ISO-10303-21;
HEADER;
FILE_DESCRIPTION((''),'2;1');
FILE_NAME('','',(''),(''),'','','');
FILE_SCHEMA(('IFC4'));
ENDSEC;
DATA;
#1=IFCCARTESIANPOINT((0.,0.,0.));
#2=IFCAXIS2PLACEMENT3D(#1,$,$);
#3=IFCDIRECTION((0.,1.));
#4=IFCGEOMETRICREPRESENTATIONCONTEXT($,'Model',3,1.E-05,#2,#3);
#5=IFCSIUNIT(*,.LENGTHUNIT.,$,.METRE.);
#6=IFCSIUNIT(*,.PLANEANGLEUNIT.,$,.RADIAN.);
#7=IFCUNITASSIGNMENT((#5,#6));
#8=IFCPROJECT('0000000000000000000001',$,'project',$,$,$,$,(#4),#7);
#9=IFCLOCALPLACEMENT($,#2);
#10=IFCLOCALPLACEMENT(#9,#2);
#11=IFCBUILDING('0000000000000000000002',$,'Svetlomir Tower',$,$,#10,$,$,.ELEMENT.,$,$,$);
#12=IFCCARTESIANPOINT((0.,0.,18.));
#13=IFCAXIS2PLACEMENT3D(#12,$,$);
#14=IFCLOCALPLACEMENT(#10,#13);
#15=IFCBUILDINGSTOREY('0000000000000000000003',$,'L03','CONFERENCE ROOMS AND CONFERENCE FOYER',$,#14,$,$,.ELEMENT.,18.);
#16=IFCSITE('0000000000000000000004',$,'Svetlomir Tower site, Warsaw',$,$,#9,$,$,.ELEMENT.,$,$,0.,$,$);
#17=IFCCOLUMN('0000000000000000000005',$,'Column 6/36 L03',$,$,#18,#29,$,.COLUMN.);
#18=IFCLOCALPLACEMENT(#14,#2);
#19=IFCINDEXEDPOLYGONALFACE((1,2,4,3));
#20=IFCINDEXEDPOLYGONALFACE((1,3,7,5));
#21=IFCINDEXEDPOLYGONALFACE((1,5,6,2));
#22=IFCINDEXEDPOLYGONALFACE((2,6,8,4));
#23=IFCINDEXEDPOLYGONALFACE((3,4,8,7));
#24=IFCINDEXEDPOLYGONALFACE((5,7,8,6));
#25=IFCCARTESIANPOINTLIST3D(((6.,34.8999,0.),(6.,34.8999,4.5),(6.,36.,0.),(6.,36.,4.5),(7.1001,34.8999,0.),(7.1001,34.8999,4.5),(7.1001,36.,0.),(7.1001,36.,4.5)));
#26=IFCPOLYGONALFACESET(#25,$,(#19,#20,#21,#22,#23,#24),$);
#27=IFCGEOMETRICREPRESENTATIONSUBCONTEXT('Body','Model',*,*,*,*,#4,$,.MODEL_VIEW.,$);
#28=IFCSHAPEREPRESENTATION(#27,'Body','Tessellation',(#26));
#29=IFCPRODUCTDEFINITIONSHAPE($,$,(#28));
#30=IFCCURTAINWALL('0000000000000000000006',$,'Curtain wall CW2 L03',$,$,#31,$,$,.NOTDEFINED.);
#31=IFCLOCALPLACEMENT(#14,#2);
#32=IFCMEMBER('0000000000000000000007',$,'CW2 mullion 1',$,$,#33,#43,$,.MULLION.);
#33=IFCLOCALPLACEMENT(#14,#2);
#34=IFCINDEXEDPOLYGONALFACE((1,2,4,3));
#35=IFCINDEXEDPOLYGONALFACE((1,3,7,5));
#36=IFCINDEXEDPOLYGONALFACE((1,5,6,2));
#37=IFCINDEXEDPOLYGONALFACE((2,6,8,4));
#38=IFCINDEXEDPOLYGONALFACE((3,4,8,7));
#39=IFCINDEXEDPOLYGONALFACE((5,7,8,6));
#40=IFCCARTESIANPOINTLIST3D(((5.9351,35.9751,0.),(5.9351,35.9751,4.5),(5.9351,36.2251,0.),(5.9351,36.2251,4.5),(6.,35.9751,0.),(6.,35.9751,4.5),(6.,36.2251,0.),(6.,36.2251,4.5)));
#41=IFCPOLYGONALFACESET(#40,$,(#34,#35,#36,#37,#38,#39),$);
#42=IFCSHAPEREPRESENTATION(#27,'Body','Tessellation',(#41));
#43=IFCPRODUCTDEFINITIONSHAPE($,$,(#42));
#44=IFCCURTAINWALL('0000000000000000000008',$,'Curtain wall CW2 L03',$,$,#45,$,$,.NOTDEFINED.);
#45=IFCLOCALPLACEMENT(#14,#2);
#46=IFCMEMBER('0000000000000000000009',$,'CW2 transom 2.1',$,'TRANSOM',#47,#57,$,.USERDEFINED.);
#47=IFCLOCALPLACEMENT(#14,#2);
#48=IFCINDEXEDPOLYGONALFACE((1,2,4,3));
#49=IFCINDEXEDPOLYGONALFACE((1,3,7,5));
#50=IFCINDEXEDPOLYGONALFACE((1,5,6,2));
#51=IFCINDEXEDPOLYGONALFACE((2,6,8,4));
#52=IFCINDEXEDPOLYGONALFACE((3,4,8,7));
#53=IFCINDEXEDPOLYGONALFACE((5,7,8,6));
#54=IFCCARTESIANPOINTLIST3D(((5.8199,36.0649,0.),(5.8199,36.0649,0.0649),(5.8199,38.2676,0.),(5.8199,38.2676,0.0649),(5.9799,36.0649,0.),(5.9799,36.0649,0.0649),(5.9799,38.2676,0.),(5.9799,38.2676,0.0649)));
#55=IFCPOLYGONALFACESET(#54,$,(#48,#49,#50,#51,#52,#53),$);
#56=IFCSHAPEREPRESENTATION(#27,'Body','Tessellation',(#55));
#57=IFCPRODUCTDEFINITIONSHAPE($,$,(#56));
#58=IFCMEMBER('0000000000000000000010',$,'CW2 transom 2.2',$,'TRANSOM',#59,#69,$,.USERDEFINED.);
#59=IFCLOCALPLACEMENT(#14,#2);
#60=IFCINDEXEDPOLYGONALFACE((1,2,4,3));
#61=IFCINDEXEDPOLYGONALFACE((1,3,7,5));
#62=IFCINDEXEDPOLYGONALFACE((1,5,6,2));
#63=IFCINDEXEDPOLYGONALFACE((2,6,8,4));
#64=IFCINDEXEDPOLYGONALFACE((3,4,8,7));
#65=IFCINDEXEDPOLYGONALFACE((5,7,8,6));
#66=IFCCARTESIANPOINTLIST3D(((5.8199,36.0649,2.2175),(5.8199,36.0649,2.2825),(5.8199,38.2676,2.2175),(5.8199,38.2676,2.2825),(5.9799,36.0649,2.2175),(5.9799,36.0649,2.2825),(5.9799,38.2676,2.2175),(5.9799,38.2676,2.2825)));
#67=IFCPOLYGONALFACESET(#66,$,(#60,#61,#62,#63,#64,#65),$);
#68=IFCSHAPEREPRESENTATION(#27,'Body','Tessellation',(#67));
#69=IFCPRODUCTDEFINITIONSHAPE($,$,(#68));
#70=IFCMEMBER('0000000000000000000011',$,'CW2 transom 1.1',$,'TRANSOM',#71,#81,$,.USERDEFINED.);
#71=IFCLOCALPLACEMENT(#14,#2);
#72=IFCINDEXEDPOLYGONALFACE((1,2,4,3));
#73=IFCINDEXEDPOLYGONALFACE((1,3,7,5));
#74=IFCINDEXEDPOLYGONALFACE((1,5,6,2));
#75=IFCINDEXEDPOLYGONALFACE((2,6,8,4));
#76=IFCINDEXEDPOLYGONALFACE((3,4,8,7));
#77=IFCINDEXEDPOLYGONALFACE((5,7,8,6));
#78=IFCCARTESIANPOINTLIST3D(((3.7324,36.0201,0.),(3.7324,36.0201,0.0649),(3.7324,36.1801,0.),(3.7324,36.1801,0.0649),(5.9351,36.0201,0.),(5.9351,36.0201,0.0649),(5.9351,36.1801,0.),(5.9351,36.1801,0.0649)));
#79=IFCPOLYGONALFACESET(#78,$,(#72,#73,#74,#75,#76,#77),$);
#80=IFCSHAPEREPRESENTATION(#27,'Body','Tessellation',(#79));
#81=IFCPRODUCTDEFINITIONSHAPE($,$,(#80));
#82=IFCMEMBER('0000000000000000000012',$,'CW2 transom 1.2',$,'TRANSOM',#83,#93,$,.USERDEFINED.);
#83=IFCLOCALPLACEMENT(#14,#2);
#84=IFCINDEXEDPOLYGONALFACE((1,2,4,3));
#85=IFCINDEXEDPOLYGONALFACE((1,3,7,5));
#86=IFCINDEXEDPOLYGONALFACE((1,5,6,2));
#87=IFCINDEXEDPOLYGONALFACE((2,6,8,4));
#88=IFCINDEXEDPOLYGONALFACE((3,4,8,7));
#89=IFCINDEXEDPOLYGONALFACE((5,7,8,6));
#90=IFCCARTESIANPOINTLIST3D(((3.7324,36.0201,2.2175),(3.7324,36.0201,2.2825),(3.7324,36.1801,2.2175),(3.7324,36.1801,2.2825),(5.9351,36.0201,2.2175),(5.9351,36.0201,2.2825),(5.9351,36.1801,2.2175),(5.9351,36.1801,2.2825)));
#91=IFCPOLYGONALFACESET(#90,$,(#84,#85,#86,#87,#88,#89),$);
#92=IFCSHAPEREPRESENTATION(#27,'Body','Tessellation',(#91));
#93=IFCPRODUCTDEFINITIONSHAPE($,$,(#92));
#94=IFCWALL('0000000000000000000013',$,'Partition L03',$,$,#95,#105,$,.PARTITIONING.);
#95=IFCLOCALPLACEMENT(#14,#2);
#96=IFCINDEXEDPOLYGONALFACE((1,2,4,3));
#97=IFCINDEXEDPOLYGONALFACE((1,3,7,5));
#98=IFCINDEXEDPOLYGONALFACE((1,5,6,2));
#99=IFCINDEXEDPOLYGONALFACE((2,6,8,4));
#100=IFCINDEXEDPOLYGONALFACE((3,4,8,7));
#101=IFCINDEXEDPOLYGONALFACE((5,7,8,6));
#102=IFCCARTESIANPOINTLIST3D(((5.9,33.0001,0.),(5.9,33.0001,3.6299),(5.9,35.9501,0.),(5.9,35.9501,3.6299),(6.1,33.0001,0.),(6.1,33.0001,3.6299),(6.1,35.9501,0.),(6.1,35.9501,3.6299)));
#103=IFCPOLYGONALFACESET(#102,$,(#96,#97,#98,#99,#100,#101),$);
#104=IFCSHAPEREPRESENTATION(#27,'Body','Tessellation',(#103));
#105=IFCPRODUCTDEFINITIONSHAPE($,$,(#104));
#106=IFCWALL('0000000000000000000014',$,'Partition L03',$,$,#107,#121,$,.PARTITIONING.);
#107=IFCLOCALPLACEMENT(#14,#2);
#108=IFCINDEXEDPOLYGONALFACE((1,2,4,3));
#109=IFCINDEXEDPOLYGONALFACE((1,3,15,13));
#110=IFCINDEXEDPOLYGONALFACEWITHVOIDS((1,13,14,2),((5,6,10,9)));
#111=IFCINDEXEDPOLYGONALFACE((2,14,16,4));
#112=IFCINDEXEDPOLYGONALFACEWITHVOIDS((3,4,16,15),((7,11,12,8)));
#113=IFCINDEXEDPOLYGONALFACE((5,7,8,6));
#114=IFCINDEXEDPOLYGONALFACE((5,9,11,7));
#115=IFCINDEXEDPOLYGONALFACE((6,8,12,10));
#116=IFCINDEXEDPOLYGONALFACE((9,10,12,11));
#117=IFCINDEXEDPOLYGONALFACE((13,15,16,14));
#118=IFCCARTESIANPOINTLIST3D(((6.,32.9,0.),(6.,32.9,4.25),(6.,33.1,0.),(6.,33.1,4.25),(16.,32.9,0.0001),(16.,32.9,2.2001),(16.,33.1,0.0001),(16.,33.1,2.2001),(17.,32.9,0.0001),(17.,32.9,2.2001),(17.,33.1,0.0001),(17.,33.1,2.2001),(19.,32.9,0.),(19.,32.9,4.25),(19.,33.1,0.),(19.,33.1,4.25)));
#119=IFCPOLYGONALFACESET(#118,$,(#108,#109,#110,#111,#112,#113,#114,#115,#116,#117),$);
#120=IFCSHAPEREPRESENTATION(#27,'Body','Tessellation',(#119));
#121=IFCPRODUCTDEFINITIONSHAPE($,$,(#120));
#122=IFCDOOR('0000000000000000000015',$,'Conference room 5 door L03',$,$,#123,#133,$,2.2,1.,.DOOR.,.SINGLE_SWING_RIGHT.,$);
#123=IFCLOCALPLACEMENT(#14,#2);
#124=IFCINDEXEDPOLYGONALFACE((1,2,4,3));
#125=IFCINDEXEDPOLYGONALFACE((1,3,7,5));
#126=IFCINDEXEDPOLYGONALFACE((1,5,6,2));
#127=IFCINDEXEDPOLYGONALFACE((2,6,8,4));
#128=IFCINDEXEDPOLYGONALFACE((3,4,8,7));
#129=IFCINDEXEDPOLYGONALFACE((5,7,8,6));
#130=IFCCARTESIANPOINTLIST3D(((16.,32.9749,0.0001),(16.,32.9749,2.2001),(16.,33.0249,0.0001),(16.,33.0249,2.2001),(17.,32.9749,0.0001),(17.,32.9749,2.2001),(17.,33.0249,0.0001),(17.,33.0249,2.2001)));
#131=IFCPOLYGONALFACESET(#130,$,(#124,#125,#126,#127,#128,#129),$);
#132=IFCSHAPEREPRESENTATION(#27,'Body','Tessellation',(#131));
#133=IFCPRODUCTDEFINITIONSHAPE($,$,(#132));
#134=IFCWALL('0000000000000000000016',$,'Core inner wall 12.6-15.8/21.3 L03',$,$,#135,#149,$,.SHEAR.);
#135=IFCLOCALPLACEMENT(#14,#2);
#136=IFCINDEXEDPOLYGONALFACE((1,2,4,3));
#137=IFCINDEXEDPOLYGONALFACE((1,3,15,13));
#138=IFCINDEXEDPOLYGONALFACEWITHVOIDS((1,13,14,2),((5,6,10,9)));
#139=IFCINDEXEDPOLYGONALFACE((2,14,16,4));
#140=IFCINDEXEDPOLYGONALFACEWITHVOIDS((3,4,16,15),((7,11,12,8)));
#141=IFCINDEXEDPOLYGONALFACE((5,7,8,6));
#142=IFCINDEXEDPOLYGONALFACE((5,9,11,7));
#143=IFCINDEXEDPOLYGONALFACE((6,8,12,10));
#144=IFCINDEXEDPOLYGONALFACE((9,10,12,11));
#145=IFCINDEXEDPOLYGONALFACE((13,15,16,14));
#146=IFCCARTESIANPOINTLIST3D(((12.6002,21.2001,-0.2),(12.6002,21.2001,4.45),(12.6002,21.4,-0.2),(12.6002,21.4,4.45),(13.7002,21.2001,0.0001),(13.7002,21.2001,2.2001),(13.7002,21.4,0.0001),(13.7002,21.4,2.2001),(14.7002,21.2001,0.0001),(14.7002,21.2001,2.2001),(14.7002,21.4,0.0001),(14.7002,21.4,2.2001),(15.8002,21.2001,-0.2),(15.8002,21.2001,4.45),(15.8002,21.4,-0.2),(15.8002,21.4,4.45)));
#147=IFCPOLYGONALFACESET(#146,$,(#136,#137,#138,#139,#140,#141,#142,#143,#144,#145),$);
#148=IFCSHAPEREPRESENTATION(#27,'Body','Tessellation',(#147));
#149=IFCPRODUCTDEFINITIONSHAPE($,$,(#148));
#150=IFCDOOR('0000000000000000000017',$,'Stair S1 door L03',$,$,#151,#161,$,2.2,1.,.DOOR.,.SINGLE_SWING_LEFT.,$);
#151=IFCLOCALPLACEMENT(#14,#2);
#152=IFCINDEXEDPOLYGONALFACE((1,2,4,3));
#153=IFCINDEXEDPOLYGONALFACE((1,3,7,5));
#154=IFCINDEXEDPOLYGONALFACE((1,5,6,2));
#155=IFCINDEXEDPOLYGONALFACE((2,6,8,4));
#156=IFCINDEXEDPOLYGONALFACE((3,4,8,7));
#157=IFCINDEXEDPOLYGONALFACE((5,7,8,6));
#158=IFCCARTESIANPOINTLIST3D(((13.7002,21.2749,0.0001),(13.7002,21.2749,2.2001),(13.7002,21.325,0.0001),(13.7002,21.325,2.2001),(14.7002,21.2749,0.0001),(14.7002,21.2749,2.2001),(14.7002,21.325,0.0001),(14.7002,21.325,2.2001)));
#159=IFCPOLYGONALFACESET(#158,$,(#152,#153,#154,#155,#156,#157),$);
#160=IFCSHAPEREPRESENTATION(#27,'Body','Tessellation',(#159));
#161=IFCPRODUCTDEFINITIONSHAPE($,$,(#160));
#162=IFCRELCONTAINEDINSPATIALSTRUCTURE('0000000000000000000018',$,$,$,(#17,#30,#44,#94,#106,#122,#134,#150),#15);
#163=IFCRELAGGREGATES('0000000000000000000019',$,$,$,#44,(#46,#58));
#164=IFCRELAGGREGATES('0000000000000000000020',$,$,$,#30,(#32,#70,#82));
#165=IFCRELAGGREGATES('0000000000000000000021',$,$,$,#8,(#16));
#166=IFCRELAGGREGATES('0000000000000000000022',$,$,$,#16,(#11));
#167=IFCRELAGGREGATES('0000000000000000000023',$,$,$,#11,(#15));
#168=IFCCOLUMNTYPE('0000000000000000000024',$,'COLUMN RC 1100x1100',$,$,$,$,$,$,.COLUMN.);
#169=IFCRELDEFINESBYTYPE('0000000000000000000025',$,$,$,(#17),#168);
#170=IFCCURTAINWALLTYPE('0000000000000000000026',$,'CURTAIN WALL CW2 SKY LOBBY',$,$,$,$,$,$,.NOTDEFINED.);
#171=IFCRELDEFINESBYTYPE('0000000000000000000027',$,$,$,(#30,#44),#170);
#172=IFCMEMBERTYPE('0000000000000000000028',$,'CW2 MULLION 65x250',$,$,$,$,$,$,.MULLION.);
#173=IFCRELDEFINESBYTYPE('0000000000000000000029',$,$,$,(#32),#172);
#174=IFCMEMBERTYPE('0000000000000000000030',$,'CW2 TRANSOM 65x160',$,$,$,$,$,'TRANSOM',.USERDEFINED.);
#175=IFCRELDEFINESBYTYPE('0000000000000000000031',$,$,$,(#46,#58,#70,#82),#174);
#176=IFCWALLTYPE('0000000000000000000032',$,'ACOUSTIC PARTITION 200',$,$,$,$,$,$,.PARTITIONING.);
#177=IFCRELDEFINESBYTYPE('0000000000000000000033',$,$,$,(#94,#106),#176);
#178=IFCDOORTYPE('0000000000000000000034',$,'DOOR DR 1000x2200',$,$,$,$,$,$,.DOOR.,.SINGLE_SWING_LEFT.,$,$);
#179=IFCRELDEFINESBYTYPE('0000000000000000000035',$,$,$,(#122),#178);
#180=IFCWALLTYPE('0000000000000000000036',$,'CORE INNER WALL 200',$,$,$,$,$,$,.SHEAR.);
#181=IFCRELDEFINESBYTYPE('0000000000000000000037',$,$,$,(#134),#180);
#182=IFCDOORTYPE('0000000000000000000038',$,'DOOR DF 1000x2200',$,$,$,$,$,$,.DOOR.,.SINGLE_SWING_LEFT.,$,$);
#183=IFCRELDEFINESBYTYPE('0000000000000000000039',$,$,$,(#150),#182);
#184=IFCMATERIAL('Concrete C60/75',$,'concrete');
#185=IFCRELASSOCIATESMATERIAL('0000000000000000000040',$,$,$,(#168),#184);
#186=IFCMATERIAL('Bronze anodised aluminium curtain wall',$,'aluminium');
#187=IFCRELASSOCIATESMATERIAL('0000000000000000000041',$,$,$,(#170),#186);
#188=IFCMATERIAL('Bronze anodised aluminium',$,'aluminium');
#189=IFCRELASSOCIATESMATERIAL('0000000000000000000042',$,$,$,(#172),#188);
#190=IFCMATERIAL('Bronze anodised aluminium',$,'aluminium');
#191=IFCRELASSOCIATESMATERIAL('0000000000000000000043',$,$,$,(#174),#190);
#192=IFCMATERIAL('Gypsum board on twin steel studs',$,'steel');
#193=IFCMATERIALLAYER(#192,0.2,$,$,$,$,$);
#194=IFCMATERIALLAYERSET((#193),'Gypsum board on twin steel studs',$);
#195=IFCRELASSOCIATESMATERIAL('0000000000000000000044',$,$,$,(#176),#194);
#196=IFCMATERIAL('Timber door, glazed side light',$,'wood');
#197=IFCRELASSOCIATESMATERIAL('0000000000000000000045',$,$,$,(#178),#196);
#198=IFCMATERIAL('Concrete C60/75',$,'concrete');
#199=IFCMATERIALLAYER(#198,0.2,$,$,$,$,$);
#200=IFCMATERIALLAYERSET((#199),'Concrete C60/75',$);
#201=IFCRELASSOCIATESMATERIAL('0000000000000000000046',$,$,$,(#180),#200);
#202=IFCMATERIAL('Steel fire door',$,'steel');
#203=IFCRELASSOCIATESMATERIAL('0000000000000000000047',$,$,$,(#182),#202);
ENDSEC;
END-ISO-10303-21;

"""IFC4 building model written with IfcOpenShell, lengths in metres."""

from ifc_helpers import new_model, si_unit, direction, frame, frame_2d, origin, origin_2d, place, context, subcontext, project, spatial, rectangle, extrude, material, layer, layer_set, material_profile, profile_set, type_object, element, fill, aggregate, save


model = new_model("IFC4")

# Units and contexts
model_context = context("Model", 3, precision=1e-05, world=origin(), true_north=direction((0.0, 1.0)))
body_context = subcontext(model_context, "Body", "Model", "MODEL_VIEW")
ifc_project = project(units=[si_unit("LENGTHUNIT", "METRE"), si_unit("PLANEANGLEUNIT", "RADIAN")], contexts=[model_context])

# Site, building, storey
site_placement = place(None, origin())
site = spatial("IfcSite", under=ifc_project, at=site_placement, Name="Svetlomir Tower site, Warsaw", CompositionType="ELEMENT", RefElevation=0.0)
building_placement = place(site_placement, origin())
building = spatial("IfcBuilding", under=site, at=building_placement, Name="Svetlomir Tower", CompositionType="ELEMENT")
storey_placement = place(building_placement, frame((0.0, 0.0, 18.0)))
storey = spatial("IfcBuildingStorey", under=building, at=storey_placement, Name="L03", Description="CONFERENCE ROOMS AND CONFERENCE FOYER", CompositionType="ELEMENT", Elevation=18.0)

# Column
ifc_material_1 = material(Name="Concrete C60/75", Category="concrete")
ifc_material_profile_1 = material_profile(ifc_material_1, rectangle(XDim=1.1001, YDim=1.1001, at=origin_2d()), Name="RC 1100x1100")
ifc_profile_set_1 = profile_set([ifc_material_profile_1], Name="Concrete C60/75")
column_type = type_object("IfcColumnType", Name="COLUMN RC 1100x1100", PredefinedType="COLUMN", material=ifc_profile_set_1)
column_placement = place(storey_placement, frame((6.55, 35.45, 0.0), z_axis=(0.0, 0.0, 1.0), x_axis=(1.0, 0.0, 0.0)))
element("IfcColumn", 1, at=column_placement, inside=storey, type_object=column_type, Name="Column 6/36 L03", PredefinedType="COLUMN", context=body_context, shape_type="SweptSolid", body=[
    extrude(rectangle(XDim=1.1001, YDim=1.1001, at=origin_2d()), origin(), (0.0, 0.0, 1.0), 4.5),
])

# Curtain wall, member
ifc_material_2 = material(Name="Bronze anodised aluminium curtain wall", Category="aluminium")
curtain_wall_type = type_object("IfcCurtainWallType", Name="CURTAIN WALL CW2 SKY LOBBY", PredefinedType="NOTDEFINED", material=ifc_material_2)
curtain_wall_1_placement = place(storey_placement, origin())
curtain_wall_1 = element("IfcCurtainWall", 2, at=curtain_wall_1_placement, inside=storey, type_object=curtain_wall_type, Name="Curtain wall CW2 L03", PredefinedType="NOTDEFINED")
ifc_material_3 = material(Name="Bronze anodised aluminium", Category="aluminium")
ifc_material_profile_2 = material_profile(ifc_material_3, rectangle(XDim=0.0649, YDim=0.25, at=origin_2d()), Name="AL 65x250")
ifc_profile_set_2 = profile_set([ifc_material_profile_2], Name="Bronze anodised aluminium 6063-T6")
member_type_1 = type_object("IfcMemberType", Name="CW2 MULLION 65x250", PredefinedType="MULLION", material=ifc_profile_set_2)
member_1_placement = place(storey_placement, frame((5.9675, 36.1001, 0.0), z_axis=(0.0, 0.0, 1.0), x_axis=(-1.0, 0.0, 0.0)))
member_1 = element("IfcMember", 3, at=member_1_placement, type_object=member_type_1, Name="CW2 mullion 1", PredefinedType="MULLION", context=body_context, shape_type="SweptSolid", body=[
    extrude(rectangle(XDim=0.0649, YDim=0.25, at=origin_2d()), origin(), (0.0, 0.0, 1.0), 4.5),
])

# Curtain wall, members
curtain_wall_2_placement = place(storey_placement, origin())
curtain_wall_2 = element("IfcCurtainWall", 4, at=curtain_wall_2_placement, inside=storey, type_object=curtain_wall_type, Name="Curtain wall CW2 L03", PredefinedType="NOTDEFINED")
ifc_material_4 = material(Name="Bronze anodised aluminium", Category="aluminium")
ifc_material_profile_3 = material_profile(ifc_material_4, rectangle(XDim=0.1599, YDim=0.0649, at=origin_2d()), Name="AL 160x65")
ifc_profile_set_3 = profile_set([ifc_material_profile_3], Name="Bronze anodised aluminium 6063-T6")
member_type_2 = type_object("IfcMemberType", Name="CW2 TRANSOM 65x160", ElementType="TRANSOM", PredefinedType="USERDEFINED", material=ifc_profile_set_3)
member_2_placement = place(storey_placement, frame((5.8999, 38.2676, 0.0325), z_axis=(0.0, -1.0, 0.0), x_axis=(1.0, 0.0, 0.0)))
member_2 = element("IfcMember", 5, at=member_2_placement, type_object=member_type_2, Name="CW2 transom 2.1", ObjectType="TRANSOM", PredefinedType="USERDEFINED", context=body_context, shape_type="SweptSolid", body=[
    extrude(rectangle(XDim=0.1599, YDim=0.0649, at=origin_2d()), origin(), (0.0, 0.0, 1.0), 2.2026),
])
member_3_placement = place(storey_placement, frame((5.8999, 38.2676, 2.25), z_axis=(0.0, -1.0, 0.0), x_axis=(1.0, 0.0, 0.0)))
member_3 = element("IfcMember", 6, at=member_3_placement, type_object=member_type_2, Name="CW2 transom 2.2", ObjectType="TRANSOM", PredefinedType="USERDEFINED", context=body_context, shape_type="SweptSolid", body=[
    extrude(rectangle(XDim=0.1599, YDim=0.0649, at=origin_2d()), origin(), (0.0, 0.0, 1.0), 2.2026),
])
aggregate(curtain_wall_2, [member_2, member_3])

# Members
member_4_placement = place(storey_placement, frame((5.9351, 36.1001, 0.0325), z_axis=(-1.0, 0.0, 0.0), x_axis=(0.0, -1.0, 0.0)))
member_4 = element("IfcMember", 7, at=member_4_placement, type_object=member_type_2, Name="CW2 transom 1.1", ObjectType="TRANSOM", PredefinedType="USERDEFINED", context=body_context, shape_type="SweptSolid", body=[
    extrude(rectangle(XDim=0.1599, YDim=0.0649, at=origin_2d()), origin(), (0.0, 0.0, 1.0), 2.2026),
])
member_5_placement = place(storey_placement, frame((5.9351, 36.1001, 2.25), z_axis=(-1.0, 0.0, 0.0), x_axis=(0.0, -1.0, 0.0)))
member_5 = element("IfcMember", 8, at=member_5_placement, type_object=member_type_2, Name="CW2 transom 1.2", ObjectType="TRANSOM", PredefinedType="USERDEFINED", context=body_context, shape_type="SweptSolid", body=[
    extrude(rectangle(XDim=0.1599, YDim=0.0649, at=origin_2d()), origin(), (0.0, 0.0, 1.0), 2.2026),
])
aggregate(curtain_wall_1, [member_1, member_4, member_5])

# Wall
ifc_material_5 = material(Name="Gypsum board on twin steel studs", Category="steel")
ifc_layer_1 = layer(ifc_material_5, 0.2)
ifc_layer_set_1 = layer_set([ifc_layer_1], Name="Gypsum board on twin steel studs")
wall_type_1 = type_object("IfcWallType", Name="ACOUSTIC PARTITION 200", PredefinedType="PARTITIONING", material=ifc_layer_set_1)
wall_1_placement = place(storey_placement, frame((6.0, 33.0, 0.0), z_axis=(0.0, 0.0, 1.0), x_axis=(0.0, 1.0, 0.0)))
element("IfcWall", 9, at=wall_1_placement, inside=storey, type_object=wall_type_1, Name="Partition L03", PredefinedType="PARTITIONING", context=body_context, shape_type="SweptSolid", body=[
    extrude(rectangle(XDim=2.95, YDim=0.2, at=frame_2d((1.4751, 0.0))), origin(), (0.0, 0.0, 1.0), 3.6299),
])

# Walls, openings, doors
wall_2_placement = place(storey_placement, frame((6.0, 33.0, 0.0), z_axis=(0.0, 0.0, 1.0), x_axis=(1.0, 0.0, 0.0)))
wall_2 = element("IfcWall", 10, at=wall_2_placement, inside=storey, type_object=wall_type_1, Name="Partition L03", PredefinedType="PARTITIONING", context=body_context, shape_type="SweptSolid", body=[
    extrude(rectangle(XDim=13.0, YDim=0.2, at=frame_2d((6.5, 0.0))), origin(), (0.0, 0.0, 1.0), 4.25),
])
opening_1_placement = place(wall_2_placement, frame((10.0, 0.0, 0.0)))
opening_1 = element("IfcOpeningElement", 11, at=opening_1_placement, cuts=wall_2, PredefinedType="OPENING", context=body_context, shape_type="SweptSolid", body=[
    extrude(rectangle(XDim=1.0, YDim=2.2, at=frame_2d((0.5, 1.1001))), frame((0.0, 0.1099, 0.0), z_axis=(0.0, -1.0, 0.0), x_axis=(1.0, 0.0, 0.0)), (0.0, 0.0, 1.0), 0.22),
])
ifc_material_6 = material(Name="Timber door, glazed side light", Category="wood")
door_type_1 = type_object("IfcDoorType", Name="DOOR DR 1000x2200", OperationType="SINGLE_SWING_LEFT", PredefinedType="DOOR", material=ifc_material_6)
door_1_placement = place(opening_1_placement, origin())
door_1 = element("IfcDoor", 12, at=door_1_placement, inside=storey, type_object=door_type_1, Name="Conference room 5 door L03", OperationType="SINGLE_SWING_RIGHT", OverallHeight=2.2, OverallWidth=1.0, PredefinedType="DOOR", context=body_context, shape_type="SweptSolid", body=[
    extrude(rectangle(XDim=1.0, YDim=2.2, at=frame_2d((0.5, 1.1001))), frame((0.0, 0.0249, 0.0), z_axis=(0.0, -1.0, 0.0), x_axis=(1.0, 0.0, 0.0)), (0.0, 0.0, 1.0), 0.05),
])
fill(opening_1, door_1)
ifc_material_7 = material(Name="Concrete C60/75", Category="concrete")
ifc_layer_2 = layer(ifc_material_7, 0.2)
ifc_layer_set_2 = layer_set([ifc_layer_2], Name="Concrete C60/75")
wall_type_2 = type_object("IfcWallType", Name="CORE INNER WALL 200", PredefinedType="SHEAR", material=ifc_layer_set_2)
wall_3_placement = place(storey_placement, frame((12.6001, 21.3, -0.2), z_axis=(0.0, 0.0, 1.0), x_axis=(1.0, 0.0, 0.0)))
wall_3 = element("IfcWall", 13, at=wall_3_placement, inside=storey, type_object=wall_type_2, Name="Core inner wall 12.6-15.8/21.3 L03", PredefinedType="SHEAR", context=body_context, shape_type="SweptSolid", body=[
    extrude(rectangle(XDim=3.2, YDim=0.2, at=frame_2d((1.6001, 0.0))), origin(), (0.0, 0.0, 1.0), 4.6499),
])
opening_2_placement = place(wall_3_placement, frame((1.1001, 0.0, 0.2)))
opening_2 = element("IfcOpeningElement", 14, at=opening_2_placement, cuts=wall_3, PredefinedType="OPENING", context=body_context, shape_type="SweptSolid", body=[
    extrude(rectangle(XDim=1.0, YDim=2.2, at=frame_2d((0.5, 1.1001))), frame((0.0, 0.1099, 0.0), z_axis=(0.0, -1.0, 0.0), x_axis=(1.0, 0.0, 0.0)), (0.0, 0.0, 1.0), 0.22),
])
ifc_material_8 = material(Name="Steel fire door", Category="steel")
door_type_2 = type_object("IfcDoorType", Name="DOOR DF 1000x2200", OperationType="SINGLE_SWING_LEFT", PredefinedType="DOOR", material=ifc_material_8)
door_2_placement = place(opening_2_placement, origin())
door_2 = element("IfcDoor", 15, at=door_2_placement, inside=storey, type_object=door_type_2, Name="Stair S1 door L03", OperationType="SINGLE_SWING_LEFT", OverallHeight=2.2, OverallWidth=1.0, PredefinedType="DOOR", context=body_context, shape_type="SweptSolid", body=[
    extrude(rectangle(XDim=1.0, YDim=2.2, at=frame_2d((0.5, 1.1001))), frame((0.0, 0.0249, 0.0), z_axis=(0.0, -1.0, 0.0), x_axis=(1.0, 0.0, 0.0)), (0.0, 0.0, 1.0), 0.05),
])
fill(opening_2, door_2)

save(model, "model.ifc")
